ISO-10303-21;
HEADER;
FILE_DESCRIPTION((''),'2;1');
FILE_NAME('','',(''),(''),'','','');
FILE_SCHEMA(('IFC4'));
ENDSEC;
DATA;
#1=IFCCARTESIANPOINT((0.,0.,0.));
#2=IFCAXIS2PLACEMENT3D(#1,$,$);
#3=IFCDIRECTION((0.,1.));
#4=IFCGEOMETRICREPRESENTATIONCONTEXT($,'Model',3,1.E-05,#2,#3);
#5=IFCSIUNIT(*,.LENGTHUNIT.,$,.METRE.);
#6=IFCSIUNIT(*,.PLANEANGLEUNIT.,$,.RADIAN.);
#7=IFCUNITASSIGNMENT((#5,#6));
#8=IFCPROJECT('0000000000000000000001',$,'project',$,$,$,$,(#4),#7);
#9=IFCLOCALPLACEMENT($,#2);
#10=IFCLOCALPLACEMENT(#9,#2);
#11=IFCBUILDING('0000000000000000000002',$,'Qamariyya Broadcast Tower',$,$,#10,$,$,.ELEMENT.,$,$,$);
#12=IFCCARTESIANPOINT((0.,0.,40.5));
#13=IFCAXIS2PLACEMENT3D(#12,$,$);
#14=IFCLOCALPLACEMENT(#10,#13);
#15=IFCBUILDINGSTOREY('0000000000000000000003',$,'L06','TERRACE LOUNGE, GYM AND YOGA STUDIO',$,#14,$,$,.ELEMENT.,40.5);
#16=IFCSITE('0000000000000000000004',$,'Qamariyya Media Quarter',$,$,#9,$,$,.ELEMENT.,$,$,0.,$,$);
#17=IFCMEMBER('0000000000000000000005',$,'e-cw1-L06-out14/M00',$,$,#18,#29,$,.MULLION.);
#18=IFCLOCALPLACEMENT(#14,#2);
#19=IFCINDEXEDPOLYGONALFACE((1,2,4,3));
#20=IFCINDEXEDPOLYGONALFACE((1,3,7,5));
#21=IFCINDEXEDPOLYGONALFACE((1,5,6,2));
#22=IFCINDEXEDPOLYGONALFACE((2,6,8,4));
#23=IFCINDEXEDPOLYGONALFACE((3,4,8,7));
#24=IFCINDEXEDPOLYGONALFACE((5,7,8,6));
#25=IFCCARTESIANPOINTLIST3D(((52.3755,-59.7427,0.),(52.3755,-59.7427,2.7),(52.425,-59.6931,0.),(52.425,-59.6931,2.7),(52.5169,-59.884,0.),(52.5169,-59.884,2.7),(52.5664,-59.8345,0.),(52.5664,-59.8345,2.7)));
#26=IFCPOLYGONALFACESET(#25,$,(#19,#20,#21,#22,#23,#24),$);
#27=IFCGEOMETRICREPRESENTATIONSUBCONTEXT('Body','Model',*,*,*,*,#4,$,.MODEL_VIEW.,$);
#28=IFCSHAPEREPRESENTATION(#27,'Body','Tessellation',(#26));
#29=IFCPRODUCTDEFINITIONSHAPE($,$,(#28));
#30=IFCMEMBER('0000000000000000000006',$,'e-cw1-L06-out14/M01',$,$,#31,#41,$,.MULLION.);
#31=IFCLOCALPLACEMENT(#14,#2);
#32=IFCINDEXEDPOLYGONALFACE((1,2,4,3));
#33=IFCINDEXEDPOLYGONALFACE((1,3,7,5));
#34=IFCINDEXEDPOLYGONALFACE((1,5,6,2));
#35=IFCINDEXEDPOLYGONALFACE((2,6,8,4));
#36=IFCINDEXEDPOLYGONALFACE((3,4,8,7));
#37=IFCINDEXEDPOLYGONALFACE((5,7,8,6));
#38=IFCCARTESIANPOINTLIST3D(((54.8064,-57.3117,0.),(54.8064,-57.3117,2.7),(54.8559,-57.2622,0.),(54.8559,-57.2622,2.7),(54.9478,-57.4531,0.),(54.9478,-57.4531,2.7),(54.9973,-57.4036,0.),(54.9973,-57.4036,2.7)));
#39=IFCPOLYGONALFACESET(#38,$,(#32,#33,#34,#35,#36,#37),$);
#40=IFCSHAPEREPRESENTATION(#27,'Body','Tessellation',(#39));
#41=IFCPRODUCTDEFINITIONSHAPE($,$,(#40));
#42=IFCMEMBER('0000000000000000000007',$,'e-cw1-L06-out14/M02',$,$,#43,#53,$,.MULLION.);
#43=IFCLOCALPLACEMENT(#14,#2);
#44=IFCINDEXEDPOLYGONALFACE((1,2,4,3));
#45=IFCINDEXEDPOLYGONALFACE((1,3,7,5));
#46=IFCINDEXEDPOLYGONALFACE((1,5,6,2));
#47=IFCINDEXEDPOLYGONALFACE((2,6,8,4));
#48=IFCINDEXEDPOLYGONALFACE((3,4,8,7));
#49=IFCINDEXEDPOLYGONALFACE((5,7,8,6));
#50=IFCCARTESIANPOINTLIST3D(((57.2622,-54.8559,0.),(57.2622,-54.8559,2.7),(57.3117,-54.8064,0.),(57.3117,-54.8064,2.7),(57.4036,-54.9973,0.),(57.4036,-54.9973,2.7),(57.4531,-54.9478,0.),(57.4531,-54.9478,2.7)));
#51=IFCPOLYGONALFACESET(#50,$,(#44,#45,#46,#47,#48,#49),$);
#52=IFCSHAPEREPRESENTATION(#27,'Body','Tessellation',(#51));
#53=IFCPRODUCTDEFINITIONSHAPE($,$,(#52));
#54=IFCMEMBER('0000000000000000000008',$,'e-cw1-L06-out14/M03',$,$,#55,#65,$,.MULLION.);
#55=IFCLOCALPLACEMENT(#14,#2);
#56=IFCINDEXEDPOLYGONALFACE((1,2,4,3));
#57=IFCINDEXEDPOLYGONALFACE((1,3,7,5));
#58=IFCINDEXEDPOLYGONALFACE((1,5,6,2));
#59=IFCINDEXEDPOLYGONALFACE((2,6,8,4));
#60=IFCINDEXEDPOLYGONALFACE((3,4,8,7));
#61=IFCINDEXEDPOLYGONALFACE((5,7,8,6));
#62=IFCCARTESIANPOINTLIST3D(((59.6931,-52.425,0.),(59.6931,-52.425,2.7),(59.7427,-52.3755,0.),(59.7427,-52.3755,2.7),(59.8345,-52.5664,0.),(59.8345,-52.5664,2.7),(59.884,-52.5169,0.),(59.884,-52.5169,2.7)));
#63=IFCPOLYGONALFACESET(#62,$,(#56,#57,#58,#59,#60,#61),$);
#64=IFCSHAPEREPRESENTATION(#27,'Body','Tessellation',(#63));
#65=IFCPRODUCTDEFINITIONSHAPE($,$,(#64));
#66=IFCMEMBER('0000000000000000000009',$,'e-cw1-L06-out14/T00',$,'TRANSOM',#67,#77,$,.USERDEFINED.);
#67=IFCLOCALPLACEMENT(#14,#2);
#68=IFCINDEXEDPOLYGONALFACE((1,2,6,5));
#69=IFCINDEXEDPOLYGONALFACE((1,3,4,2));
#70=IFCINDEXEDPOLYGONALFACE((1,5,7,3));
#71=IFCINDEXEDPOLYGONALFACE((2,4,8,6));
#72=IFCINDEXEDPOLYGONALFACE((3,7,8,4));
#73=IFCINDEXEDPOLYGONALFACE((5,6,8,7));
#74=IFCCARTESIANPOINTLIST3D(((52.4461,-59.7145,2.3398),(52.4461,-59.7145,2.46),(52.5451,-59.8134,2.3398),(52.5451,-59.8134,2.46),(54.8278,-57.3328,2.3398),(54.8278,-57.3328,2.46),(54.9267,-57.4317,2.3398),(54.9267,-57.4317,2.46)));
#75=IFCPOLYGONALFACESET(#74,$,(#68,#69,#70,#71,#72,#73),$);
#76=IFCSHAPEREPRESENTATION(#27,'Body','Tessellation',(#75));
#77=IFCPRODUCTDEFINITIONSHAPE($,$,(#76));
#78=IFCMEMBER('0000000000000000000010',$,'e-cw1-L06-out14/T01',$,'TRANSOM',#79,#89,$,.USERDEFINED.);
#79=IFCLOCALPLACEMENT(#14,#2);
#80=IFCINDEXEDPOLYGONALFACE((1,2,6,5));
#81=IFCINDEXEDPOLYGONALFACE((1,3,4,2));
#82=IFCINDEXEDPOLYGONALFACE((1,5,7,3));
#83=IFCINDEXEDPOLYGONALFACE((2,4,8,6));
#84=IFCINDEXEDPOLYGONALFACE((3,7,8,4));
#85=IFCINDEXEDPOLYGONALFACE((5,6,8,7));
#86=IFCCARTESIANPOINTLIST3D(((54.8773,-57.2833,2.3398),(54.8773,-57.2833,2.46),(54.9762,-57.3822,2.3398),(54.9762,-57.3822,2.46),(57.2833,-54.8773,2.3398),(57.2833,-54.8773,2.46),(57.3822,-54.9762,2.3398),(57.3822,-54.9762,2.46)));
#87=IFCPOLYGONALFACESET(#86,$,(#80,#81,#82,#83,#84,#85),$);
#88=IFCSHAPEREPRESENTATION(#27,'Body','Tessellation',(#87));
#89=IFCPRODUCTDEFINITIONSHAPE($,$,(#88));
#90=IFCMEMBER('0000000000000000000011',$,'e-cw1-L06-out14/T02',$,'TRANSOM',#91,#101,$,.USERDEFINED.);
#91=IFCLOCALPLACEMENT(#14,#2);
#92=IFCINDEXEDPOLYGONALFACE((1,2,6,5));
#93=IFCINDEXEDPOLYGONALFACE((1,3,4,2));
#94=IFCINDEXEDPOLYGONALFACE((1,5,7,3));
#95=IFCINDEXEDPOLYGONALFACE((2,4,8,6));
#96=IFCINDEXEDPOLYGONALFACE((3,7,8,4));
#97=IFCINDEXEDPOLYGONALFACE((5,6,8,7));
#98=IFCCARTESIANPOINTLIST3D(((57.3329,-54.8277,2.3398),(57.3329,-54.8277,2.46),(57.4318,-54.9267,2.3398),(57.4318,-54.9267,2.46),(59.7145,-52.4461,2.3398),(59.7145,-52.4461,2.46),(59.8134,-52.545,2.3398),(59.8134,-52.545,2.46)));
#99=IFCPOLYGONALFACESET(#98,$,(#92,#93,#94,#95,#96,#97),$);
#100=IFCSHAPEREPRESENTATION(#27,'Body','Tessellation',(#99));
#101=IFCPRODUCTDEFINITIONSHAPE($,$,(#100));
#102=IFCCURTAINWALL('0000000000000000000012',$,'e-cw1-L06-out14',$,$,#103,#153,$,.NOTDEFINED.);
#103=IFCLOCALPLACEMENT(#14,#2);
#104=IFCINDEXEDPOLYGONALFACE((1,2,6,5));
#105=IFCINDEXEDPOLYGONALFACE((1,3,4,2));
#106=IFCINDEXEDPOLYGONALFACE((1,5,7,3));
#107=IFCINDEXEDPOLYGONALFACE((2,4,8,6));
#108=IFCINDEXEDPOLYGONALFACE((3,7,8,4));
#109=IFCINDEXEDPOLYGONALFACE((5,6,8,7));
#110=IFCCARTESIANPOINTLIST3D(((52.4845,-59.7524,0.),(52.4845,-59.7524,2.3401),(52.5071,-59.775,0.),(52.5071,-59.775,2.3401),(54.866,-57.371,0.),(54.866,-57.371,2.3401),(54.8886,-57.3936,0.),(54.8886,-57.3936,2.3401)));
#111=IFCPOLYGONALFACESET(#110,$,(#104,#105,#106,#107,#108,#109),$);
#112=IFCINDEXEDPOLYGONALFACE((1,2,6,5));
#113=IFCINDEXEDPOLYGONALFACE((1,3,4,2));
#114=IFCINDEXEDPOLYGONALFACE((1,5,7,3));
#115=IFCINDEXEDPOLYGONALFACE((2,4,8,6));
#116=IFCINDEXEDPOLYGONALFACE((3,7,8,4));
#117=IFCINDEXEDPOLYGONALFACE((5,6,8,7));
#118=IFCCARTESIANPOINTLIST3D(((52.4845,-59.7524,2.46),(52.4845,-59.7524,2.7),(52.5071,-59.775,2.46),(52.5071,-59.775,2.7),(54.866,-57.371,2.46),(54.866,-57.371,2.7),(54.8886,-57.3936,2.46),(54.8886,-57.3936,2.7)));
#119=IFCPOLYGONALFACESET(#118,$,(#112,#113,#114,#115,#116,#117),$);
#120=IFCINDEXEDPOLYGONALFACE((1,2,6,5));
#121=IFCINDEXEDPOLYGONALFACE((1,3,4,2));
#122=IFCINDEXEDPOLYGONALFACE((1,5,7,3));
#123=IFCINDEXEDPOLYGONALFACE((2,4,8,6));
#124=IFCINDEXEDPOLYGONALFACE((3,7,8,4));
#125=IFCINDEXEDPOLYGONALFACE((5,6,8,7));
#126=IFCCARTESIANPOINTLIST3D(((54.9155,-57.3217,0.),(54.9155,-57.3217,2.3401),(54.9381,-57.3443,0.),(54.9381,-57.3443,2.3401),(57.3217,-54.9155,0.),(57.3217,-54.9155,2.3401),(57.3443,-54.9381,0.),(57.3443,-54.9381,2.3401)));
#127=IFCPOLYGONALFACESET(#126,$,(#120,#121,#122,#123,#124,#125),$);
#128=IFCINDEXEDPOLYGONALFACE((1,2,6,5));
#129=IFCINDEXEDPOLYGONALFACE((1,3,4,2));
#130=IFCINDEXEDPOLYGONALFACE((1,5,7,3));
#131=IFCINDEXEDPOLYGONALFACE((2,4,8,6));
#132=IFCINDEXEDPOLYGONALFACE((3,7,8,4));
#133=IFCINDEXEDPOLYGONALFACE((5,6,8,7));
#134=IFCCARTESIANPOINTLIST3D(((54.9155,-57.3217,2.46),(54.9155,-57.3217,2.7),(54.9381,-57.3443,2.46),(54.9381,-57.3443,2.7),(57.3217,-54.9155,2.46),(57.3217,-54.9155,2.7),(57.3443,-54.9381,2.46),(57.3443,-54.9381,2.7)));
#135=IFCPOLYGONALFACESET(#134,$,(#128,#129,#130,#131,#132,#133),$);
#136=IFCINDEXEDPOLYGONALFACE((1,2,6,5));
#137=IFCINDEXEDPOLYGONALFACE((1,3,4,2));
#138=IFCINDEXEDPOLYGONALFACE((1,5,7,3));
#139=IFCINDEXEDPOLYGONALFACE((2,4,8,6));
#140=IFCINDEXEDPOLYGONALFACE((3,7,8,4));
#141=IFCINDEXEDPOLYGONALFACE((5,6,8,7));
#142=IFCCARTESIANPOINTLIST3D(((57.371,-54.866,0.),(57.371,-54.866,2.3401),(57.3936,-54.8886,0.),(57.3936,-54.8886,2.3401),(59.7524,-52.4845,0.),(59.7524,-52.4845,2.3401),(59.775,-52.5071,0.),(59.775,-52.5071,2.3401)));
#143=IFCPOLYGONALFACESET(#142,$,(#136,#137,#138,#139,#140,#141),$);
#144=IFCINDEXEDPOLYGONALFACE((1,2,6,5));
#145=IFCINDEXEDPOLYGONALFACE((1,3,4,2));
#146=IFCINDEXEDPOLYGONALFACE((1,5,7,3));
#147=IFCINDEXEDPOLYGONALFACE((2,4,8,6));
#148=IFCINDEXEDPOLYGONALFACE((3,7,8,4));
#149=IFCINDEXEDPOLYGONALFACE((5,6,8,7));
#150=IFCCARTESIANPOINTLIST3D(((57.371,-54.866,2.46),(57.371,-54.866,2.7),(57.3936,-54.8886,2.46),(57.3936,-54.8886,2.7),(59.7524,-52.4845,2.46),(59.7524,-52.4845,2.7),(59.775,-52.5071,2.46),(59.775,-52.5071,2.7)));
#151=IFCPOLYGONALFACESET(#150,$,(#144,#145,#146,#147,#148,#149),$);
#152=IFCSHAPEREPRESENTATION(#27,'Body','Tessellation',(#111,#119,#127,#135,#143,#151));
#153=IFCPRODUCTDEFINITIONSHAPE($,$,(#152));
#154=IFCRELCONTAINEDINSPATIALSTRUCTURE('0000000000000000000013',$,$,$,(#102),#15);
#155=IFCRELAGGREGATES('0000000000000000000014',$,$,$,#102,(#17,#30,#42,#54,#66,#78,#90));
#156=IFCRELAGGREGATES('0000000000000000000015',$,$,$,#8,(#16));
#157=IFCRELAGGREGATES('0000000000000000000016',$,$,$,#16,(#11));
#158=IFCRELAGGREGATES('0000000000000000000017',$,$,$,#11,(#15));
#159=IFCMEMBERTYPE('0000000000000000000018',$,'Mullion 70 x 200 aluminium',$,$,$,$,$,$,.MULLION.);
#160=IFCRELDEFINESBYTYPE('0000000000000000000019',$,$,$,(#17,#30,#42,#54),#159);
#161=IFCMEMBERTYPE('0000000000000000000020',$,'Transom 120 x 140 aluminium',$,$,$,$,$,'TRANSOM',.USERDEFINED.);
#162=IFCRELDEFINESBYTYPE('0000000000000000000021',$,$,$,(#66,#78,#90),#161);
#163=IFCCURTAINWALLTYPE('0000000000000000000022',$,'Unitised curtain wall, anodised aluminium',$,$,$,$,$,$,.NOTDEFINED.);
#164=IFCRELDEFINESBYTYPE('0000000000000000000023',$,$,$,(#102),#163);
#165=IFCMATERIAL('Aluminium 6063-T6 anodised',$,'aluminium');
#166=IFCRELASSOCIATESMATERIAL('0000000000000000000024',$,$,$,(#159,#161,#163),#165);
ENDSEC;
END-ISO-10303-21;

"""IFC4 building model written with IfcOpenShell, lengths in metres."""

from ifc_helpers import new_model, si_unit, direction, frame, origin, origin_2d, place, context, subcontext, project, spatial, rectangle, extrude, material, material_profile, profile_set, type_object, element, aggregate, save


model = new_model("IFC4")

# Units and contexts
model_context = context("Model", 3, precision=1e-05, world=origin(), true_north=direction((0.0, 1.0)))
body_context = subcontext(model_context, "Body", "Model", "MODEL_VIEW")
ifc_project = project(units=[si_unit("LENGTHUNIT", "METRE"), si_unit("PLANEANGLEUNIT", "RADIAN")], contexts=[model_context])

# Members
ifc_material_1 = material(Name="Aluminium 6063-T6 anodised", Category="aluminium")
ifc_material_profile_1 = material_profile(ifc_material_1, rectangle(XDim=0.2, YDim=0.0701, at=origin_2d()))
ifc_profile_set_1 = profile_set([ifc_material_profile_1], Name="Aluminium 6063-T6 anodised")
member_type_1 = type_object("IfcMemberType", Name="Mullion 70 x 200 aluminium", PredefinedType="MULLION", material=ifc_profile_set_1)
site_placement = place(None, origin())
building_placement = place(site_placement, origin())
storey_placement = place(building_placement, frame((0.0, 0.0, 40.5)))
member_1_placement = place(storey_placement, frame((52.4709, -59.7886, 0.0), z_axis=(0.0, 0.0, 1.0), x_axis=(-0.707107, 0.707107, 0.0)))
member_1 = element("IfcMember", 1, at=member_1_placement, type_object=member_type_1, Name="e-cw1-L06-out14/M00", PredefinedType="MULLION", context=body_context, shape_type="SweptSolid", body=[
    extrude(rectangle(XDim=0.2, YDim=0.0701, at=origin_2d()), origin(), (0.0, 0.0, 1.0), 2.7),
])
member_2_placement = place(storey_placement, frame((54.9019, -57.3577, 0.0), z_axis=(0.0, 0.0, 1.0), x_axis=(-0.707107, 0.707107, 0.0)))
member_2 = element("IfcMember", 2, at=member_2_placement, type_object=member_type_1, Name="e-cw1-L06-out14/M01", PredefinedType="MULLION", context=body_context, shape_type="SweptSolid", body=[
    extrude(rectangle(XDim=0.2, YDim=0.0701, at=origin_2d()), origin(), (0.0, 0.0, 1.0), 2.7),
])
member_3_placement = place(storey_placement, frame((57.3577, -54.9019, 0.0), z_axis=(0.0, 0.0, 1.0), x_axis=(-0.707107, 0.707107, 0.0)))
member_3 = element("IfcMember", 3, at=member_3_placement, type_object=member_type_1, Name="e-cw1-L06-out14/M02", PredefinedType="MULLION", context=body_context, shape_type="SweptSolid", body=[
    extrude(rectangle(XDim=0.2, YDim=0.0701, at=origin_2d()), origin(), (0.0, 0.0, 1.0), 2.7),
])
member_4_placement = place(storey_placement, frame((59.7886, -52.4709, 0.0), z_axis=(0.0, 0.0, 1.0), x_axis=(-0.707107, 0.707107, 0.0)))
member_4 = element("IfcMember", 4, at=member_4_placement, type_object=member_type_1, Name="e-cw1-L06-out14/M03", PredefinedType="MULLION", context=body_context, shape_type="SweptSolid", body=[
    extrude(rectangle(XDim=0.2, YDim=0.0701, at=origin_2d()), origin(), (0.0, 0.0, 1.0), 2.7),
])
ifc_material_profile_2 = material_profile(ifc_material_1, rectangle(XDim=0.1399, YDim=0.1201, at=origin_2d()))
ifc_profile_set_2 = profile_set([ifc_material_profile_2], Name="Aluminium 6063-T6 anodised")
member_type_2 = type_object("IfcMemberType", Name="Transom 120 x 140 aluminium", ElementType="TRANSOM", PredefinedType="USERDEFINED", material=ifc_profile_set_2)
member_5_placement = place(storey_placement, frame((52.4956, -59.7639, 2.3999), z_axis=(0.707107, 0.707107, 0.0), x_axis=(-0.707107, 0.707107, 0.0)))
member_5 = element("IfcMember", 5, at=member_5_placement, type_object=member_type_2, Name="e-cw1-L06-out14/T00", ObjectType="TRANSOM", PredefinedType="USERDEFINED", context=body_context, shape_type="SweptSolid", body=[
    extrude(rectangle(XDim=0.1399, YDim=0.1201, at=origin_2d()), origin(), (0.0, 0.0, 1.0), 3.3682),
])
member_6_placement = place(storey_placement, frame((54.9268, -57.3328, 2.3999), z_axis=(0.707107, 0.707107, 0.0), x_axis=(-0.707107, 0.707107, 0.0)))
member_6 = element("IfcMember", 6, at=member_6_placement, type_object=member_type_2, Name="e-cw1-L06-out14/T01", ObjectType="TRANSOM", PredefinedType="USERDEFINED", context=body_context, shape_type="SweptSolid", body=[
    extrude(rectangle(XDim=0.1399, YDim=0.1201, at=origin_2d()), origin(), (0.0, 0.0, 1.0), 3.4026),
])
member_7_placement = place(storey_placement, frame((57.3823, -54.8772, 2.3999), z_axis=(0.707107, 0.707107, 0.0), x_axis=(-0.707107, 0.707107, 0.0)))
member_7 = element("IfcMember", 7, at=member_7_placement, type_object=member_type_2, Name="e-cw1-L06-out14/T02", ObjectType="TRANSOM", PredefinedType="USERDEFINED", context=body_context, shape_type="SweptSolid", body=[
    extrude(rectangle(XDim=0.1399, YDim=0.1201, at=origin_2d()), origin(), (0.0, 0.0, 1.0), 3.3682),
])

# Site, building, storey
site = spatial("IfcSite", under=ifc_project, at=site_placement, Name="Qamariyya Media Quarter", CompositionType="ELEMENT", RefElevation=0.0)
building = spatial("IfcBuilding", under=site, at=building_placement, Name="Qamariyya Broadcast Tower", CompositionType="ELEMENT")
storey = spatial("IfcBuildingStorey", under=building, at=storey_placement, Name="L06", Description="TERRACE LOUNGE, GYM AND YOGA STUDIO", CompositionType="ELEMENT", Elevation=40.5)

# Curtain wall
curtain_wall_type = type_object("IfcCurtainWallType", Name="Unitised curtain wall, anodised aluminium", PredefinedType="NOTDEFINED", material=ifc_material_1)
curtain_wall_1_placement = place(storey_placement, origin())
curtain_wall_1 = element("IfcCurtainWall", 8, at=curtain_wall_1_placement, inside=storey, type_object=curtain_wall_type, Name="e-cw1-L06-out14", PredefinedType="NOTDEFINED", context=body_context, shape_type="SweptSolid", body=[
    extrude(rectangle(XDim=3.3679, YDim=0.032, at=origin_2d()), frame((53.6865, -58.573, 0.0), x_axis=(0.707107, 0.707107, 0.0)), (0.0, 0.0, 1.0), 2.3401),
    extrude(rectangle(XDim=3.3679, YDim=0.032, at=origin_2d()), frame((53.6865, -58.573, 2.46), x_axis=(0.707107, 0.707107, 0.0)), (0.0, 0.0, 1.0), 0.24),
    extrude(rectangle(XDim=3.4028, YDim=0.032, at=origin_2d()), frame((56.1299, -56.1299, 0.0), x_axis=(0.707107, 0.707107, 0.0)), (0.0, 0.0, 1.0), 2.3401),
    extrude(rectangle(XDim=3.4028, YDim=0.032, at=origin_2d()), frame((56.1299, -56.1299, 2.46), x_axis=(0.707107, 0.707107, 0.0)), (0.0, 0.0, 1.0), 0.24),
    extrude(rectangle(XDim=3.3679, YDim=0.032, at=origin_2d()), frame((58.573, -53.6865, 0.0), x_axis=(0.707107, 0.707107, 0.0)), (0.0, 0.0, 1.0), 2.3401),
    extrude(rectangle(XDim=3.3679, YDim=0.032, at=origin_2d()), frame((58.573, -53.6865, 2.46), x_axis=(0.707107, 0.707107, 0.0)), (0.0, 0.0, 1.0), 0.24),
])
aggregate(curtain_wall_1, [member_1, member_2, member_3, member_4, member_5, member_6, member_7])

save(model, "model.ifc")
